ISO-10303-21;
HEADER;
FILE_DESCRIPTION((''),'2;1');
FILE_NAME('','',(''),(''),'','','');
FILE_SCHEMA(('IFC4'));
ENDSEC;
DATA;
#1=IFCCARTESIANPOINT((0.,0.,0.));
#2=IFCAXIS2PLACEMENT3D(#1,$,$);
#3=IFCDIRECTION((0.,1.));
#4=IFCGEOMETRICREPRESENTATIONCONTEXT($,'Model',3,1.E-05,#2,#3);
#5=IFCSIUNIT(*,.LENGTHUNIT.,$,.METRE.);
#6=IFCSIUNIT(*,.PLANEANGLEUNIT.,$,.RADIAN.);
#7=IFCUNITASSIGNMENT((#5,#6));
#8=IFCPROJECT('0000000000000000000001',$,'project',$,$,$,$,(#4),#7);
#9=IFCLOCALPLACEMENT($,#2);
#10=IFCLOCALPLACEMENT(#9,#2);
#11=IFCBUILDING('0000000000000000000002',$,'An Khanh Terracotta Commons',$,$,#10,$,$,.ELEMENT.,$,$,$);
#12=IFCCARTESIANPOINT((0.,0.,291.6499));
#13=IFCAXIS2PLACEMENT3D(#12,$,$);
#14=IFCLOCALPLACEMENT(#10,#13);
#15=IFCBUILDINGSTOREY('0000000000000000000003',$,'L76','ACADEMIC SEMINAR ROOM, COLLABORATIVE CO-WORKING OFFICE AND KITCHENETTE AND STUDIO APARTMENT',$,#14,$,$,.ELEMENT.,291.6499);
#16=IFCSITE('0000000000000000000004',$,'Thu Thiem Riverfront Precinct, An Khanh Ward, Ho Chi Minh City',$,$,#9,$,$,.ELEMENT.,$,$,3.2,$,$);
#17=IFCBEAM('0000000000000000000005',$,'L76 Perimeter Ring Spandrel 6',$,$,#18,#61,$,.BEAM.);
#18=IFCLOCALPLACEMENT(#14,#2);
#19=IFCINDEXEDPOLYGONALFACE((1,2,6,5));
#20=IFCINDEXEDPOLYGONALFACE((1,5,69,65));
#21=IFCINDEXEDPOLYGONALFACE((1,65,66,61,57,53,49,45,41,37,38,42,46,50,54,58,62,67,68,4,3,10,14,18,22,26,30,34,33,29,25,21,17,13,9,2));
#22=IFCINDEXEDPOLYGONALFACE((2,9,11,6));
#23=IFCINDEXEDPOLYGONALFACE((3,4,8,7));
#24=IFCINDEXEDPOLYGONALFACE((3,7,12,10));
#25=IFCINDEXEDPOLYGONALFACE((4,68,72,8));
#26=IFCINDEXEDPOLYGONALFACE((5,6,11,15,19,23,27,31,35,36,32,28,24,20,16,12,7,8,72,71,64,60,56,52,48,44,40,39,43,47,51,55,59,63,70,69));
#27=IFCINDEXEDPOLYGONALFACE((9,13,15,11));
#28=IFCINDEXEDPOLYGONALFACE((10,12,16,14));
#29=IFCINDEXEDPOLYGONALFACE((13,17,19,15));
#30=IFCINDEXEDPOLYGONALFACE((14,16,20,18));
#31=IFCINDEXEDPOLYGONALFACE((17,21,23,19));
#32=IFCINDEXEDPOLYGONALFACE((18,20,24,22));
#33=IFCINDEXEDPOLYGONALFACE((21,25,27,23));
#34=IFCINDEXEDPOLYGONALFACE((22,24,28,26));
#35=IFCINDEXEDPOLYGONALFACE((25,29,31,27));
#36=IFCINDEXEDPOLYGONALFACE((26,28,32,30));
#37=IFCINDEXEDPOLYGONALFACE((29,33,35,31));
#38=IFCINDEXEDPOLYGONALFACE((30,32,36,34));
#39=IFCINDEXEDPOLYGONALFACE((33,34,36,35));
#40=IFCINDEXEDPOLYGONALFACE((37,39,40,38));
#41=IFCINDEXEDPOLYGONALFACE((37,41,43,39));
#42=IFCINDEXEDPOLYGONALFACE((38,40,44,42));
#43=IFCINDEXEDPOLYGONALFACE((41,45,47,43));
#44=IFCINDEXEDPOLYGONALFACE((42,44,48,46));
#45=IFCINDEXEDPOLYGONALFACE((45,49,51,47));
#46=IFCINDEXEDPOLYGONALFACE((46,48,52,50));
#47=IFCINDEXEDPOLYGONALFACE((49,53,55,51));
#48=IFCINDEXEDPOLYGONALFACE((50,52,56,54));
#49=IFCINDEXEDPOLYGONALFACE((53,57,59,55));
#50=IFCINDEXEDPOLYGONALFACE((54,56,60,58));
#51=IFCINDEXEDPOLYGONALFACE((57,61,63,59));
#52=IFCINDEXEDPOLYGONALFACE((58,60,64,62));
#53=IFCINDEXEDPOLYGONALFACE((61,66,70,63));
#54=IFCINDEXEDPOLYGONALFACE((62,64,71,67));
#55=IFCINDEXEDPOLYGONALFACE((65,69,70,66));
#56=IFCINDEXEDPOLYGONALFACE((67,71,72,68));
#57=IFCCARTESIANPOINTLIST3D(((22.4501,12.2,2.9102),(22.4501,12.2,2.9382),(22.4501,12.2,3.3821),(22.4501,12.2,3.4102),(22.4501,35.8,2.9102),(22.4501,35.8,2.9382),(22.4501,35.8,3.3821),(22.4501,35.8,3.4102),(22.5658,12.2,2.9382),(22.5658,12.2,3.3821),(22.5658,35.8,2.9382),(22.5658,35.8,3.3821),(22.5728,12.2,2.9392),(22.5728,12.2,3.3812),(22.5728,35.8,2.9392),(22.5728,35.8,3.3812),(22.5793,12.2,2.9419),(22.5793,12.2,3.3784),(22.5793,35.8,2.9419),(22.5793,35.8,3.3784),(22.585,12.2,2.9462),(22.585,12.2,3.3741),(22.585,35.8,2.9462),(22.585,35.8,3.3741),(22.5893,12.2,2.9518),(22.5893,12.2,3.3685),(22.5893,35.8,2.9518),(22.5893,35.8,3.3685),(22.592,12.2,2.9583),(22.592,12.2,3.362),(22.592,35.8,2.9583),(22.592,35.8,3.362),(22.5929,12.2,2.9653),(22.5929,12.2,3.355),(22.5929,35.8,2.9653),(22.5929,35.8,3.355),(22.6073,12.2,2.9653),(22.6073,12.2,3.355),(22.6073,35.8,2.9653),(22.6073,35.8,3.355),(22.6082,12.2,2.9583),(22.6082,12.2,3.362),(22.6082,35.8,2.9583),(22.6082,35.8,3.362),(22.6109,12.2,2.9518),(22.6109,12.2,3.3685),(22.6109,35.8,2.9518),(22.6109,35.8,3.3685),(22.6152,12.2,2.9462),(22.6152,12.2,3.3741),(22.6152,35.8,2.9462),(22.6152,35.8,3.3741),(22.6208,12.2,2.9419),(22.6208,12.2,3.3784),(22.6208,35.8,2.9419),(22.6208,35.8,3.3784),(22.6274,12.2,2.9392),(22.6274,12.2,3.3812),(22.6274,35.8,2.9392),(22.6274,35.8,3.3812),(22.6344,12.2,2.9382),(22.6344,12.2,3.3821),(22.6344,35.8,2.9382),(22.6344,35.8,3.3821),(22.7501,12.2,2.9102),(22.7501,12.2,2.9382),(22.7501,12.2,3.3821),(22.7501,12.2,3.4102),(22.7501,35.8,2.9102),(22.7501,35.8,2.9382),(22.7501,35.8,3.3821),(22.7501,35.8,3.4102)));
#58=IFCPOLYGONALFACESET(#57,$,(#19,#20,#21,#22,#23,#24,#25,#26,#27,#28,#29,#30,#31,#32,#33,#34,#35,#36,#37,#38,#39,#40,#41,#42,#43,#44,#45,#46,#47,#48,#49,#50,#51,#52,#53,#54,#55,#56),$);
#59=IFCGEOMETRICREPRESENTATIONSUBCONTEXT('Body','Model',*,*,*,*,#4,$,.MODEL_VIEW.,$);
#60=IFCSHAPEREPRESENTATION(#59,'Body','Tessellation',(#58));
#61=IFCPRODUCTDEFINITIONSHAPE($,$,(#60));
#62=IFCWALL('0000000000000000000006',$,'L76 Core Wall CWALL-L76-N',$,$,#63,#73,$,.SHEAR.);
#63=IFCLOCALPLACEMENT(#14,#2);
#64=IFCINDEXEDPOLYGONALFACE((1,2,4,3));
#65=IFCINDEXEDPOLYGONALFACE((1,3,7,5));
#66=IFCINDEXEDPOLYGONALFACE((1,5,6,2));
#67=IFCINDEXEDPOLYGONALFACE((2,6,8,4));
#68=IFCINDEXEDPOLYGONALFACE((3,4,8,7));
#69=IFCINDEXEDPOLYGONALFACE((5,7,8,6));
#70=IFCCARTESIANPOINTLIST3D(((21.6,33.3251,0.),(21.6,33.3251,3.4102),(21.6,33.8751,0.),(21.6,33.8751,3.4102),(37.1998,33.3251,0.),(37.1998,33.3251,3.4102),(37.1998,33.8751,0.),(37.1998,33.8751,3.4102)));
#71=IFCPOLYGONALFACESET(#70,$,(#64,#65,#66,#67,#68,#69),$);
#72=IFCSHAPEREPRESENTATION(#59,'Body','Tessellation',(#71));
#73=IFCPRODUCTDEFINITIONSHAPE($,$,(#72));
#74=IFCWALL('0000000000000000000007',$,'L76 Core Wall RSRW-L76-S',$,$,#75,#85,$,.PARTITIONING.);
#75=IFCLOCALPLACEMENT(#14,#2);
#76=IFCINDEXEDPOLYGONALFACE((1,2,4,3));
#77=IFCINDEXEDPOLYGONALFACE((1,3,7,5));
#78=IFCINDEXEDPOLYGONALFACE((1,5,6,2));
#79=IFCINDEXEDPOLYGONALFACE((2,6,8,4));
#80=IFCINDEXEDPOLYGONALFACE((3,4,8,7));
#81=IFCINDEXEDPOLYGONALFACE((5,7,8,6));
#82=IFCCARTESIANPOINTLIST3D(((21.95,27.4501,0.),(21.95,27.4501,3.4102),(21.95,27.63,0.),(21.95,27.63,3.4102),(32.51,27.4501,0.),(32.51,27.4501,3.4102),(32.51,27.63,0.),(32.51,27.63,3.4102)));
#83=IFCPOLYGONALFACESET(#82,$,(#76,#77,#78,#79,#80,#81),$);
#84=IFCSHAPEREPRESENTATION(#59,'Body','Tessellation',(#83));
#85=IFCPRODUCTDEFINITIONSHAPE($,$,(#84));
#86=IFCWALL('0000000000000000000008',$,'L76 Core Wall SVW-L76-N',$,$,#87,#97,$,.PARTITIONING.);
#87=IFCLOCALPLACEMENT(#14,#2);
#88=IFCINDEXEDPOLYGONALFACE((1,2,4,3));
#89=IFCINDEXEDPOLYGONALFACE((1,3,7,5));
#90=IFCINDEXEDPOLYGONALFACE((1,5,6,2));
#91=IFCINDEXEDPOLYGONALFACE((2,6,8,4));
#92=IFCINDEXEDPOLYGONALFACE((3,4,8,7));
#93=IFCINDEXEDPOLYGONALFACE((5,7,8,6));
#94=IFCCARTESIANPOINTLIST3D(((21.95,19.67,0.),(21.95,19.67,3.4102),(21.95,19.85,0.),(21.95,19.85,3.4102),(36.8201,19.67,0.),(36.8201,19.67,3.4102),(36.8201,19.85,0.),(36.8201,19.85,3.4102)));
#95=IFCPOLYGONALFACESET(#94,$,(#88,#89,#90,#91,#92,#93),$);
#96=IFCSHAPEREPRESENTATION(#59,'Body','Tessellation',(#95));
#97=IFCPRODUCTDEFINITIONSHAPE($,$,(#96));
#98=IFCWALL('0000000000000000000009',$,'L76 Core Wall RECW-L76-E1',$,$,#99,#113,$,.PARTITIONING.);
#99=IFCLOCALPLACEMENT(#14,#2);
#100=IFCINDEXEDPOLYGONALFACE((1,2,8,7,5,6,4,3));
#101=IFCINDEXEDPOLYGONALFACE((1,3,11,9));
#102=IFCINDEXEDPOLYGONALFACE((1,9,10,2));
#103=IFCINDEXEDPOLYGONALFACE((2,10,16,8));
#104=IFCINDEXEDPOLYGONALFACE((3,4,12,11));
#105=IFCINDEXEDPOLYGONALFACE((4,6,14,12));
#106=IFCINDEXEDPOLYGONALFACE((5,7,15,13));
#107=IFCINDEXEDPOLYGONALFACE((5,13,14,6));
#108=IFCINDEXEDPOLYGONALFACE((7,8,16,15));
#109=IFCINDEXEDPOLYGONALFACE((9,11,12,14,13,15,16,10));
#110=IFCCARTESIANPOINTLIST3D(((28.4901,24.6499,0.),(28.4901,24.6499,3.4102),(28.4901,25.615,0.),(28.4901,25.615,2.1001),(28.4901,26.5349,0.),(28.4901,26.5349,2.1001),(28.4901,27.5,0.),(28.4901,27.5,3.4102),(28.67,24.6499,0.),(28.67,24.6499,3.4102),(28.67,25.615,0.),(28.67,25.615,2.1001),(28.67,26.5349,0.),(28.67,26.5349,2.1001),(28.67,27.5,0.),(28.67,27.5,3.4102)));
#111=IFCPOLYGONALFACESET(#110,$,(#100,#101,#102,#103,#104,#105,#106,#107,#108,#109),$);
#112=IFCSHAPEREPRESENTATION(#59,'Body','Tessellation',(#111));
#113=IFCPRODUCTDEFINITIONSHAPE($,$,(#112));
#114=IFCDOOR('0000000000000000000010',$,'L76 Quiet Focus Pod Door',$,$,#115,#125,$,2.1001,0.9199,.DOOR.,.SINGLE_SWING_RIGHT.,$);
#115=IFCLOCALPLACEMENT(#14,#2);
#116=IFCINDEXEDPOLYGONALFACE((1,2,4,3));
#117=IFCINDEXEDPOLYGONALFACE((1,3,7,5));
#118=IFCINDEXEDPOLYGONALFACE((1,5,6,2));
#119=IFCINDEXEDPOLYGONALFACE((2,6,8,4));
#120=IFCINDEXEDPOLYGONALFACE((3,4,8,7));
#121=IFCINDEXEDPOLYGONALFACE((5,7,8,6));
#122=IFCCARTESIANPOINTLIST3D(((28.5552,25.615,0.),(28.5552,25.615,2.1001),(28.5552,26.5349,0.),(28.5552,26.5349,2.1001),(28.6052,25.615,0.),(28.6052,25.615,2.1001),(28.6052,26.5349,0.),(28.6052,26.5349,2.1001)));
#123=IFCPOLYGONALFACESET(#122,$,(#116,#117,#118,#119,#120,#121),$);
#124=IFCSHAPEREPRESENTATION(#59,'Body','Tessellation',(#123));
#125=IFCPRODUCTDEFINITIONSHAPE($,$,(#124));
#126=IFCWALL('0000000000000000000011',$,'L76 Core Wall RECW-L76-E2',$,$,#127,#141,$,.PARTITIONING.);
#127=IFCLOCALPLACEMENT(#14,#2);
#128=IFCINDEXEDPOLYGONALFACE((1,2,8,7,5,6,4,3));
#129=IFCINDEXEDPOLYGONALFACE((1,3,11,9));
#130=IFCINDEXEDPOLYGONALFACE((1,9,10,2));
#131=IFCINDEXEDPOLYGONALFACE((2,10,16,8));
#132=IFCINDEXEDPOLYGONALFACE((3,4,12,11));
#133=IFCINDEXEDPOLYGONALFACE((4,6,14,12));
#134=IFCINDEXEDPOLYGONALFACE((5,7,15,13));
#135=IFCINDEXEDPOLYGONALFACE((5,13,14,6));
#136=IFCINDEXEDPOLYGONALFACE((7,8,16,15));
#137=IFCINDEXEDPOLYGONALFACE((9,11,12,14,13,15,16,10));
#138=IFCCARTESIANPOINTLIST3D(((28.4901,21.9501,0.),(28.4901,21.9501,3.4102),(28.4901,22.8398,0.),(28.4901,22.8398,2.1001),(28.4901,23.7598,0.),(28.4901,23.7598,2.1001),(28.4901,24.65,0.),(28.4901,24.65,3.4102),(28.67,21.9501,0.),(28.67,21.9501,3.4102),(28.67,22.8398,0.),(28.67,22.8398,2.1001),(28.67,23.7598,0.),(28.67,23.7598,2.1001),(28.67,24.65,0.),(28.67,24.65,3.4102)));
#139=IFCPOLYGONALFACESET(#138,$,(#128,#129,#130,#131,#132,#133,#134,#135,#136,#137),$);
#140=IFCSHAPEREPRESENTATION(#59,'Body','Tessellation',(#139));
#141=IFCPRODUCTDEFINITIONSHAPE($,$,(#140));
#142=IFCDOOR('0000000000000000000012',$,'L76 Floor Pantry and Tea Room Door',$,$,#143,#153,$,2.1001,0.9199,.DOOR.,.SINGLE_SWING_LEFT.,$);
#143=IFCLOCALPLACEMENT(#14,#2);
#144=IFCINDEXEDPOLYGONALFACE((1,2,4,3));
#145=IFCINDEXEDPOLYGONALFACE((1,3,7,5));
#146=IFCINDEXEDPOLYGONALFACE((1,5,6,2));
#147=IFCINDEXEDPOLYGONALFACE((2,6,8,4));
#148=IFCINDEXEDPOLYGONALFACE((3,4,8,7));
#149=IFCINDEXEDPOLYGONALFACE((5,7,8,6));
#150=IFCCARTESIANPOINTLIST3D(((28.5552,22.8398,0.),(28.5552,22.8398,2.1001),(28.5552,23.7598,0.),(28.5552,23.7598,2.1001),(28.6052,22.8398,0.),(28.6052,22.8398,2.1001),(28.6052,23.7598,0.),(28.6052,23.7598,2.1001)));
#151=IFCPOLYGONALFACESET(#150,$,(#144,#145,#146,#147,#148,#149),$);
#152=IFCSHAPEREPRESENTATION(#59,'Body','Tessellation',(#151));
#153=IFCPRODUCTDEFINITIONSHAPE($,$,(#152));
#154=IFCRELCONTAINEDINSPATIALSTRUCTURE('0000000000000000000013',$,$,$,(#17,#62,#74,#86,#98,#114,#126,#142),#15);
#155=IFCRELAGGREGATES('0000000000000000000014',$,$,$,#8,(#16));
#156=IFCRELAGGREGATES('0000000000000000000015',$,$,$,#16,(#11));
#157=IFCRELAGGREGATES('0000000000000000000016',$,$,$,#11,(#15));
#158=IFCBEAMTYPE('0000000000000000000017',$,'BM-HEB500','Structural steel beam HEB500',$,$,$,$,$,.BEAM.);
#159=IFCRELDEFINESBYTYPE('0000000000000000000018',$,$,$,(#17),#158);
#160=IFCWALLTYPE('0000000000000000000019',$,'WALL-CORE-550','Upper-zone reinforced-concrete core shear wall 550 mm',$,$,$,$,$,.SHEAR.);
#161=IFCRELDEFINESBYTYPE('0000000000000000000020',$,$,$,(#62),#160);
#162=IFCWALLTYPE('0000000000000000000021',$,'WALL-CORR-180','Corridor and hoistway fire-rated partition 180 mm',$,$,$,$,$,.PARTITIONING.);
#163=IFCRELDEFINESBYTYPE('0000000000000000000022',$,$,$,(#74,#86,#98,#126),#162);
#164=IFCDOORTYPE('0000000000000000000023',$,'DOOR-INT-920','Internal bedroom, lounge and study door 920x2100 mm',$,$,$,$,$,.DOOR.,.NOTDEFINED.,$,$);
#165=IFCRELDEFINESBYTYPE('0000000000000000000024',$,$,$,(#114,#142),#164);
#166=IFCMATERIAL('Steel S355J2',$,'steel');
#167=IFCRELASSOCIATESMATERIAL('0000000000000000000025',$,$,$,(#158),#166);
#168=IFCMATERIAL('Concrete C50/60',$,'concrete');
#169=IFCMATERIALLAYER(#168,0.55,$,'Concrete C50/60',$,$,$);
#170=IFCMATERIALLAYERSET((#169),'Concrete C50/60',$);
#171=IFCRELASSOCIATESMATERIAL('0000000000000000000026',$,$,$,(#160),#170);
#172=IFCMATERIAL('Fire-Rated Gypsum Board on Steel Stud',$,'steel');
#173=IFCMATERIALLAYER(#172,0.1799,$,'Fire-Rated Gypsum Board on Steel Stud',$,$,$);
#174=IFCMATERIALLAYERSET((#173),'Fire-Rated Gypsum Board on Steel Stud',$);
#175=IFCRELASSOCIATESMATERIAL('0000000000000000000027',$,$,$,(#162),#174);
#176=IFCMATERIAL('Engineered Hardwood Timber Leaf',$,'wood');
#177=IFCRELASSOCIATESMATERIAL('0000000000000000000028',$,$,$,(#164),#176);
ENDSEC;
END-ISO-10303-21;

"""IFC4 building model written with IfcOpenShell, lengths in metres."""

from ifc_helpers import new_model, si_unit, direction, frame, frame_2d, origin, origin_2d, place, context, subcontext, project, spatial, rectangle, i_section, extrude, material, layer, layer_set, material_profile, profile_set, type_object, element, fill, save


model = new_model("IFC4")

# Units and contexts
model_context = context("Model", 3, precision=1e-05, world=origin(), true_north=direction((0.0, 1.0)))
body_context = subcontext(model_context, "Body", "Model", "MODEL_VIEW")
ifc_project = project(units=[si_unit("LENGTHUNIT", "METRE"), si_unit("PLANEANGLEUNIT", "RADIAN")], contexts=[model_context])

# Site, building, storey
site_placement = place(None, origin())
site = spatial("IfcSite", under=ifc_project, at=site_placement, Name="Thu Thiem Riverfront Precinct, An Khanh Ward, Ho Chi Minh City", CompositionType="ELEMENT", RefElevation=3.2)
building_placement = place(site_placement, origin())
building = spatial("IfcBuilding", under=site, at=building_placement, Name="An Khanh Terracotta Commons", CompositionType="ELEMENT")
storey_placement = place(building_placement, frame((0.0, 0.0, 291.6499)))
storey = spatial("IfcBuildingStorey", under=building, at=storey_placement, Name="L76", Description="ACADEMIC SEMINAR ROOM, COLLABORATIVE CO-WORKING OFFICE AND KITCHENETTE AND STUDIO APARTMENT", CompositionType="ELEMENT", Elevation=291.6499)

# Shared definitions
ifc_material_1 = material(Name="Concrete C50/60", Category="concrete")

# Beam
ifc_material_2 = material(Name="Steel S355J2", Category="steel")
ifc_material_profile_1 = material_profile(ifc_material_2, i_section(OverallWidth=0.3, OverallDepth=0.5, WebThickness=0.0144, FlangeThickness=0.0281, FilletRadius=0.0271, at=origin_2d()), Name="HEB500")
ifc_profile_set_1 = profile_set([ifc_material_profile_1], Name="Steel S355J2")
beam_type_1 = type_object("IfcBeamType", Name="BM-HEB500", Description="Structural steel beam HEB500", PredefinedType="BEAM", material=ifc_profile_set_1)
beam_1_placement = place(storey_placement, frame((22.6001, 35.8, 3.1602), z_axis=(0.0, -1.0, 0.0), x_axis=(1.0, 0.0, 0.0)))
element("IfcBeam", 1, at=beam_1_placement, inside=storey, type_object=beam_type_1, Name="L76 Perimeter Ring Spandrel 6", PredefinedType="BEAM", context=body_context, shape_type="SweptSolid", body=[
    extrude(i_section(OverallWidth=0.3, OverallDepth=0.5, WebThickness=0.0144, FlangeThickness=0.0281, FilletRadius=0.0271, at=origin_2d()), origin(), (0.0, 0.0, 1.0), 23.6001),
])

# Walls
ifc_layer_1 = layer(ifc_material_1, 0.55, Name="Concrete C50/60")
ifc_layer_set_1 = layer_set([ifc_layer_1], Name="Concrete C50/60")
wall_type_1 = type_object("IfcWallType", Name="WALL-CORE-550", Description="Upper-zone reinforced-concrete core shear wall 550 mm", PredefinedType="SHEAR", material=ifc_layer_set_1)
wall_1_placement = place(storey_placement, frame((21.6001, 33.6001, 0.0), z_axis=(0.0, 0.0, 1.0), x_axis=(1.0, 0.0, 0.0)))
element("IfcWall", 2, at=wall_1_placement, inside=storey, type_object=wall_type_1, Name="L76 Core Wall CWALL-L76-N", PredefinedType="SHEAR", context=body_context, shape_type="SweptSolid", body=[
    extrude(rectangle(XDim=15.5999, YDim=0.55, at=frame_2d((7.7998, 0.0))), origin(), (0.0, 0.0, 1.0), 3.4102),
])
ifc_material_3 = material(Name="Fire-Rated Gypsum Board on Steel Stud", Category="steel")
ifc_layer_2 = layer(ifc_material_3, 0.1799, Name="Fire-Rated Gypsum Board on Steel Stud")
ifc_layer_set_2 = layer_set([ifc_layer_2], Name="Fire-Rated Gypsum Board on Steel Stud")
wall_type_2 = type_object("IfcWallType", Name="WALL-CORR-180", Description="Corridor and hoistway fire-rated partition 180 mm", PredefinedType="PARTITIONING", material=ifc_layer_set_2)
wall_2_placement = place(storey_placement, frame((21.95, 27.54, 0.0), z_axis=(0.0, 0.0, 1.0), x_axis=(1.0, 0.0, 0.0)))
element("IfcWall", 3, at=wall_2_placement, inside=storey, type_object=wall_type_2, Name="L76 Core Wall RSRW-L76-S", PredefinedType="PARTITIONING", context=body_context, shape_type="SweptSolid", body=[
    extrude(rectangle(XDim=10.5601, YDim=0.1799, at=frame_2d((5.28, 0.0))), origin(), (0.0, 0.0, 1.0), 3.4102),
])
wall_3_placement = place(storey_placement, frame((21.95, 19.76, 0.0), z_axis=(0.0, 0.0, 1.0), x_axis=(1.0, 0.0, 0.0)))
element("IfcWall", 4, at=wall_3_placement, inside=storey, type_object=wall_type_2, Name="L76 Core Wall SVW-L76-N", PredefinedType="PARTITIONING", context=body_context, shape_type="SweptSolid", body=[
    extrude(rectangle(XDim=14.8701, YDim=0.1799, at=frame_2d((7.4351, 0.0))), origin(), (0.0, 0.0, 1.0), 3.4102),
])

# Walls, openings, doors
wall_4_placement = place(storey_placement, frame((28.5801, 24.6499, 0.0), z_axis=(0.0, 0.0, 1.0), x_axis=(0.0, 1.0, 0.0)))
wall_4 = element("IfcWall", 5, at=wall_4_placement, inside=storey, type_object=wall_type_2, Name="L76 Core Wall RECW-L76-E1", PredefinedType="PARTITIONING", context=body_context, shape_type="SweptSolid", body=[
    extrude(rectangle(XDim=2.8501, YDim=0.1799, at=frame_2d((1.425, 0.0))), origin(), (0.0, 0.0, 1.0), 3.4102),
])
opening_1_placement = place(wall_4_placement, frame((0.9651, 0.0, 0.0)))
opening_1 = element("IfcOpeningElement", 6, at=opening_1_placement, cuts=wall_4, PredefinedType="OPENING", context=body_context, shape_type="SweptSolid", body=[
    extrude(rectangle(XDim=0.9199, YDim=2.1001, at=frame_2d((0.46, 1.05))), frame((0.0, 0.0999, 0.0), z_axis=(0.0, -1.0, 0.0), x_axis=(1.0, 0.0, 0.0)), (0.0, 0.0, 1.0), 0.2),
])
ifc_material_4 = material(Name="Engineered Hardwood Timber Leaf", Category="wood")
door_type = type_object("IfcDoorType", Name="DOOR-INT-920", Description="Internal bedroom, lounge and study door 920x2100 mm", OperationType="NOTDEFINED", PredefinedType="DOOR", material=ifc_material_4)
door_1_placement = place(opening_1_placement, origin())
door_1 = element("IfcDoor", 7, at=door_1_placement, inside=storey, type_object=door_type, Name="L76 Quiet Focus Pod Door", OperationType="SINGLE_SWING_RIGHT", OverallHeight=2.1001, OverallWidth=0.9199, PredefinedType="DOOR", context=body_context, shape_type="SweptSolid", body=[
    extrude(rectangle(XDim=0.9199, YDim=2.1001, at=frame_2d((0.46, 1.05))), frame((0.0, 0.0249, 0.0), z_axis=(0.0, -1.0, 0.0), x_axis=(1.0, 0.0, 0.0)), (0.0, 0.0, 1.0), 0.05),
])
fill(opening_1, door_1)
wall_5_placement = place(storey_placement, frame((28.5801, 21.95, 0.0), z_axis=(0.0, 0.0, 1.0), x_axis=(0.0, 1.0, 0.0)))
wall_5 = element("IfcWall", 8, at=wall_5_placement, inside=storey, type_object=wall_type_2, Name="L76 Core Wall RECW-L76-E2", PredefinedType="PARTITIONING", context=body_context, shape_type="SweptSolid", body=[
    extrude(rectangle(XDim=2.7, YDim=0.1799, at=frame_2d((1.3501, 0.0))), origin(), (0.0, 0.0, 1.0), 3.4102),
])
opening_2_placement = place(wall_5_placement, frame((0.8899, 0.0, 0.0)))
opening_2 = element("IfcOpeningElement", 9, at=opening_2_placement, cuts=wall_5, PredefinedType="OPENING", context=body_context, shape_type="SweptSolid", body=[
    extrude(rectangle(XDim=0.9199, YDim=2.1001, at=frame_2d((0.46, 1.05))), frame((0.0, 0.0999, 0.0), z_axis=(0.0, -1.0, 0.0), x_axis=(1.0, 0.0, 0.0)), (0.0, 0.0, 1.0), 0.2),
])
door_2_placement = place(opening_2_placement, origin())
door_2 = element("IfcDoor", 10, at=door_2_placement, inside=storey, type_object=door_type, Name="L76 Floor Pantry and Tea Room Door", OperationType="SINGLE_SWING_LEFT", OverallHeight=2.1001, OverallWidth=0.9199, PredefinedType="DOOR", context=body_context, shape_type="SweptSolid", body=[
    extrude(rectangle(XDim=0.9199, YDim=2.1001, at=frame_2d((0.46, 1.05))), frame((0.0, 0.0249, 0.0), z_axis=(0.0, -1.0, 0.0), x_axis=(1.0, 0.0, 0.0)), (0.0, 0.0, 1.0), 0.05),
])
fill(opening_2, door_2)

save(model, "model.ifc")
